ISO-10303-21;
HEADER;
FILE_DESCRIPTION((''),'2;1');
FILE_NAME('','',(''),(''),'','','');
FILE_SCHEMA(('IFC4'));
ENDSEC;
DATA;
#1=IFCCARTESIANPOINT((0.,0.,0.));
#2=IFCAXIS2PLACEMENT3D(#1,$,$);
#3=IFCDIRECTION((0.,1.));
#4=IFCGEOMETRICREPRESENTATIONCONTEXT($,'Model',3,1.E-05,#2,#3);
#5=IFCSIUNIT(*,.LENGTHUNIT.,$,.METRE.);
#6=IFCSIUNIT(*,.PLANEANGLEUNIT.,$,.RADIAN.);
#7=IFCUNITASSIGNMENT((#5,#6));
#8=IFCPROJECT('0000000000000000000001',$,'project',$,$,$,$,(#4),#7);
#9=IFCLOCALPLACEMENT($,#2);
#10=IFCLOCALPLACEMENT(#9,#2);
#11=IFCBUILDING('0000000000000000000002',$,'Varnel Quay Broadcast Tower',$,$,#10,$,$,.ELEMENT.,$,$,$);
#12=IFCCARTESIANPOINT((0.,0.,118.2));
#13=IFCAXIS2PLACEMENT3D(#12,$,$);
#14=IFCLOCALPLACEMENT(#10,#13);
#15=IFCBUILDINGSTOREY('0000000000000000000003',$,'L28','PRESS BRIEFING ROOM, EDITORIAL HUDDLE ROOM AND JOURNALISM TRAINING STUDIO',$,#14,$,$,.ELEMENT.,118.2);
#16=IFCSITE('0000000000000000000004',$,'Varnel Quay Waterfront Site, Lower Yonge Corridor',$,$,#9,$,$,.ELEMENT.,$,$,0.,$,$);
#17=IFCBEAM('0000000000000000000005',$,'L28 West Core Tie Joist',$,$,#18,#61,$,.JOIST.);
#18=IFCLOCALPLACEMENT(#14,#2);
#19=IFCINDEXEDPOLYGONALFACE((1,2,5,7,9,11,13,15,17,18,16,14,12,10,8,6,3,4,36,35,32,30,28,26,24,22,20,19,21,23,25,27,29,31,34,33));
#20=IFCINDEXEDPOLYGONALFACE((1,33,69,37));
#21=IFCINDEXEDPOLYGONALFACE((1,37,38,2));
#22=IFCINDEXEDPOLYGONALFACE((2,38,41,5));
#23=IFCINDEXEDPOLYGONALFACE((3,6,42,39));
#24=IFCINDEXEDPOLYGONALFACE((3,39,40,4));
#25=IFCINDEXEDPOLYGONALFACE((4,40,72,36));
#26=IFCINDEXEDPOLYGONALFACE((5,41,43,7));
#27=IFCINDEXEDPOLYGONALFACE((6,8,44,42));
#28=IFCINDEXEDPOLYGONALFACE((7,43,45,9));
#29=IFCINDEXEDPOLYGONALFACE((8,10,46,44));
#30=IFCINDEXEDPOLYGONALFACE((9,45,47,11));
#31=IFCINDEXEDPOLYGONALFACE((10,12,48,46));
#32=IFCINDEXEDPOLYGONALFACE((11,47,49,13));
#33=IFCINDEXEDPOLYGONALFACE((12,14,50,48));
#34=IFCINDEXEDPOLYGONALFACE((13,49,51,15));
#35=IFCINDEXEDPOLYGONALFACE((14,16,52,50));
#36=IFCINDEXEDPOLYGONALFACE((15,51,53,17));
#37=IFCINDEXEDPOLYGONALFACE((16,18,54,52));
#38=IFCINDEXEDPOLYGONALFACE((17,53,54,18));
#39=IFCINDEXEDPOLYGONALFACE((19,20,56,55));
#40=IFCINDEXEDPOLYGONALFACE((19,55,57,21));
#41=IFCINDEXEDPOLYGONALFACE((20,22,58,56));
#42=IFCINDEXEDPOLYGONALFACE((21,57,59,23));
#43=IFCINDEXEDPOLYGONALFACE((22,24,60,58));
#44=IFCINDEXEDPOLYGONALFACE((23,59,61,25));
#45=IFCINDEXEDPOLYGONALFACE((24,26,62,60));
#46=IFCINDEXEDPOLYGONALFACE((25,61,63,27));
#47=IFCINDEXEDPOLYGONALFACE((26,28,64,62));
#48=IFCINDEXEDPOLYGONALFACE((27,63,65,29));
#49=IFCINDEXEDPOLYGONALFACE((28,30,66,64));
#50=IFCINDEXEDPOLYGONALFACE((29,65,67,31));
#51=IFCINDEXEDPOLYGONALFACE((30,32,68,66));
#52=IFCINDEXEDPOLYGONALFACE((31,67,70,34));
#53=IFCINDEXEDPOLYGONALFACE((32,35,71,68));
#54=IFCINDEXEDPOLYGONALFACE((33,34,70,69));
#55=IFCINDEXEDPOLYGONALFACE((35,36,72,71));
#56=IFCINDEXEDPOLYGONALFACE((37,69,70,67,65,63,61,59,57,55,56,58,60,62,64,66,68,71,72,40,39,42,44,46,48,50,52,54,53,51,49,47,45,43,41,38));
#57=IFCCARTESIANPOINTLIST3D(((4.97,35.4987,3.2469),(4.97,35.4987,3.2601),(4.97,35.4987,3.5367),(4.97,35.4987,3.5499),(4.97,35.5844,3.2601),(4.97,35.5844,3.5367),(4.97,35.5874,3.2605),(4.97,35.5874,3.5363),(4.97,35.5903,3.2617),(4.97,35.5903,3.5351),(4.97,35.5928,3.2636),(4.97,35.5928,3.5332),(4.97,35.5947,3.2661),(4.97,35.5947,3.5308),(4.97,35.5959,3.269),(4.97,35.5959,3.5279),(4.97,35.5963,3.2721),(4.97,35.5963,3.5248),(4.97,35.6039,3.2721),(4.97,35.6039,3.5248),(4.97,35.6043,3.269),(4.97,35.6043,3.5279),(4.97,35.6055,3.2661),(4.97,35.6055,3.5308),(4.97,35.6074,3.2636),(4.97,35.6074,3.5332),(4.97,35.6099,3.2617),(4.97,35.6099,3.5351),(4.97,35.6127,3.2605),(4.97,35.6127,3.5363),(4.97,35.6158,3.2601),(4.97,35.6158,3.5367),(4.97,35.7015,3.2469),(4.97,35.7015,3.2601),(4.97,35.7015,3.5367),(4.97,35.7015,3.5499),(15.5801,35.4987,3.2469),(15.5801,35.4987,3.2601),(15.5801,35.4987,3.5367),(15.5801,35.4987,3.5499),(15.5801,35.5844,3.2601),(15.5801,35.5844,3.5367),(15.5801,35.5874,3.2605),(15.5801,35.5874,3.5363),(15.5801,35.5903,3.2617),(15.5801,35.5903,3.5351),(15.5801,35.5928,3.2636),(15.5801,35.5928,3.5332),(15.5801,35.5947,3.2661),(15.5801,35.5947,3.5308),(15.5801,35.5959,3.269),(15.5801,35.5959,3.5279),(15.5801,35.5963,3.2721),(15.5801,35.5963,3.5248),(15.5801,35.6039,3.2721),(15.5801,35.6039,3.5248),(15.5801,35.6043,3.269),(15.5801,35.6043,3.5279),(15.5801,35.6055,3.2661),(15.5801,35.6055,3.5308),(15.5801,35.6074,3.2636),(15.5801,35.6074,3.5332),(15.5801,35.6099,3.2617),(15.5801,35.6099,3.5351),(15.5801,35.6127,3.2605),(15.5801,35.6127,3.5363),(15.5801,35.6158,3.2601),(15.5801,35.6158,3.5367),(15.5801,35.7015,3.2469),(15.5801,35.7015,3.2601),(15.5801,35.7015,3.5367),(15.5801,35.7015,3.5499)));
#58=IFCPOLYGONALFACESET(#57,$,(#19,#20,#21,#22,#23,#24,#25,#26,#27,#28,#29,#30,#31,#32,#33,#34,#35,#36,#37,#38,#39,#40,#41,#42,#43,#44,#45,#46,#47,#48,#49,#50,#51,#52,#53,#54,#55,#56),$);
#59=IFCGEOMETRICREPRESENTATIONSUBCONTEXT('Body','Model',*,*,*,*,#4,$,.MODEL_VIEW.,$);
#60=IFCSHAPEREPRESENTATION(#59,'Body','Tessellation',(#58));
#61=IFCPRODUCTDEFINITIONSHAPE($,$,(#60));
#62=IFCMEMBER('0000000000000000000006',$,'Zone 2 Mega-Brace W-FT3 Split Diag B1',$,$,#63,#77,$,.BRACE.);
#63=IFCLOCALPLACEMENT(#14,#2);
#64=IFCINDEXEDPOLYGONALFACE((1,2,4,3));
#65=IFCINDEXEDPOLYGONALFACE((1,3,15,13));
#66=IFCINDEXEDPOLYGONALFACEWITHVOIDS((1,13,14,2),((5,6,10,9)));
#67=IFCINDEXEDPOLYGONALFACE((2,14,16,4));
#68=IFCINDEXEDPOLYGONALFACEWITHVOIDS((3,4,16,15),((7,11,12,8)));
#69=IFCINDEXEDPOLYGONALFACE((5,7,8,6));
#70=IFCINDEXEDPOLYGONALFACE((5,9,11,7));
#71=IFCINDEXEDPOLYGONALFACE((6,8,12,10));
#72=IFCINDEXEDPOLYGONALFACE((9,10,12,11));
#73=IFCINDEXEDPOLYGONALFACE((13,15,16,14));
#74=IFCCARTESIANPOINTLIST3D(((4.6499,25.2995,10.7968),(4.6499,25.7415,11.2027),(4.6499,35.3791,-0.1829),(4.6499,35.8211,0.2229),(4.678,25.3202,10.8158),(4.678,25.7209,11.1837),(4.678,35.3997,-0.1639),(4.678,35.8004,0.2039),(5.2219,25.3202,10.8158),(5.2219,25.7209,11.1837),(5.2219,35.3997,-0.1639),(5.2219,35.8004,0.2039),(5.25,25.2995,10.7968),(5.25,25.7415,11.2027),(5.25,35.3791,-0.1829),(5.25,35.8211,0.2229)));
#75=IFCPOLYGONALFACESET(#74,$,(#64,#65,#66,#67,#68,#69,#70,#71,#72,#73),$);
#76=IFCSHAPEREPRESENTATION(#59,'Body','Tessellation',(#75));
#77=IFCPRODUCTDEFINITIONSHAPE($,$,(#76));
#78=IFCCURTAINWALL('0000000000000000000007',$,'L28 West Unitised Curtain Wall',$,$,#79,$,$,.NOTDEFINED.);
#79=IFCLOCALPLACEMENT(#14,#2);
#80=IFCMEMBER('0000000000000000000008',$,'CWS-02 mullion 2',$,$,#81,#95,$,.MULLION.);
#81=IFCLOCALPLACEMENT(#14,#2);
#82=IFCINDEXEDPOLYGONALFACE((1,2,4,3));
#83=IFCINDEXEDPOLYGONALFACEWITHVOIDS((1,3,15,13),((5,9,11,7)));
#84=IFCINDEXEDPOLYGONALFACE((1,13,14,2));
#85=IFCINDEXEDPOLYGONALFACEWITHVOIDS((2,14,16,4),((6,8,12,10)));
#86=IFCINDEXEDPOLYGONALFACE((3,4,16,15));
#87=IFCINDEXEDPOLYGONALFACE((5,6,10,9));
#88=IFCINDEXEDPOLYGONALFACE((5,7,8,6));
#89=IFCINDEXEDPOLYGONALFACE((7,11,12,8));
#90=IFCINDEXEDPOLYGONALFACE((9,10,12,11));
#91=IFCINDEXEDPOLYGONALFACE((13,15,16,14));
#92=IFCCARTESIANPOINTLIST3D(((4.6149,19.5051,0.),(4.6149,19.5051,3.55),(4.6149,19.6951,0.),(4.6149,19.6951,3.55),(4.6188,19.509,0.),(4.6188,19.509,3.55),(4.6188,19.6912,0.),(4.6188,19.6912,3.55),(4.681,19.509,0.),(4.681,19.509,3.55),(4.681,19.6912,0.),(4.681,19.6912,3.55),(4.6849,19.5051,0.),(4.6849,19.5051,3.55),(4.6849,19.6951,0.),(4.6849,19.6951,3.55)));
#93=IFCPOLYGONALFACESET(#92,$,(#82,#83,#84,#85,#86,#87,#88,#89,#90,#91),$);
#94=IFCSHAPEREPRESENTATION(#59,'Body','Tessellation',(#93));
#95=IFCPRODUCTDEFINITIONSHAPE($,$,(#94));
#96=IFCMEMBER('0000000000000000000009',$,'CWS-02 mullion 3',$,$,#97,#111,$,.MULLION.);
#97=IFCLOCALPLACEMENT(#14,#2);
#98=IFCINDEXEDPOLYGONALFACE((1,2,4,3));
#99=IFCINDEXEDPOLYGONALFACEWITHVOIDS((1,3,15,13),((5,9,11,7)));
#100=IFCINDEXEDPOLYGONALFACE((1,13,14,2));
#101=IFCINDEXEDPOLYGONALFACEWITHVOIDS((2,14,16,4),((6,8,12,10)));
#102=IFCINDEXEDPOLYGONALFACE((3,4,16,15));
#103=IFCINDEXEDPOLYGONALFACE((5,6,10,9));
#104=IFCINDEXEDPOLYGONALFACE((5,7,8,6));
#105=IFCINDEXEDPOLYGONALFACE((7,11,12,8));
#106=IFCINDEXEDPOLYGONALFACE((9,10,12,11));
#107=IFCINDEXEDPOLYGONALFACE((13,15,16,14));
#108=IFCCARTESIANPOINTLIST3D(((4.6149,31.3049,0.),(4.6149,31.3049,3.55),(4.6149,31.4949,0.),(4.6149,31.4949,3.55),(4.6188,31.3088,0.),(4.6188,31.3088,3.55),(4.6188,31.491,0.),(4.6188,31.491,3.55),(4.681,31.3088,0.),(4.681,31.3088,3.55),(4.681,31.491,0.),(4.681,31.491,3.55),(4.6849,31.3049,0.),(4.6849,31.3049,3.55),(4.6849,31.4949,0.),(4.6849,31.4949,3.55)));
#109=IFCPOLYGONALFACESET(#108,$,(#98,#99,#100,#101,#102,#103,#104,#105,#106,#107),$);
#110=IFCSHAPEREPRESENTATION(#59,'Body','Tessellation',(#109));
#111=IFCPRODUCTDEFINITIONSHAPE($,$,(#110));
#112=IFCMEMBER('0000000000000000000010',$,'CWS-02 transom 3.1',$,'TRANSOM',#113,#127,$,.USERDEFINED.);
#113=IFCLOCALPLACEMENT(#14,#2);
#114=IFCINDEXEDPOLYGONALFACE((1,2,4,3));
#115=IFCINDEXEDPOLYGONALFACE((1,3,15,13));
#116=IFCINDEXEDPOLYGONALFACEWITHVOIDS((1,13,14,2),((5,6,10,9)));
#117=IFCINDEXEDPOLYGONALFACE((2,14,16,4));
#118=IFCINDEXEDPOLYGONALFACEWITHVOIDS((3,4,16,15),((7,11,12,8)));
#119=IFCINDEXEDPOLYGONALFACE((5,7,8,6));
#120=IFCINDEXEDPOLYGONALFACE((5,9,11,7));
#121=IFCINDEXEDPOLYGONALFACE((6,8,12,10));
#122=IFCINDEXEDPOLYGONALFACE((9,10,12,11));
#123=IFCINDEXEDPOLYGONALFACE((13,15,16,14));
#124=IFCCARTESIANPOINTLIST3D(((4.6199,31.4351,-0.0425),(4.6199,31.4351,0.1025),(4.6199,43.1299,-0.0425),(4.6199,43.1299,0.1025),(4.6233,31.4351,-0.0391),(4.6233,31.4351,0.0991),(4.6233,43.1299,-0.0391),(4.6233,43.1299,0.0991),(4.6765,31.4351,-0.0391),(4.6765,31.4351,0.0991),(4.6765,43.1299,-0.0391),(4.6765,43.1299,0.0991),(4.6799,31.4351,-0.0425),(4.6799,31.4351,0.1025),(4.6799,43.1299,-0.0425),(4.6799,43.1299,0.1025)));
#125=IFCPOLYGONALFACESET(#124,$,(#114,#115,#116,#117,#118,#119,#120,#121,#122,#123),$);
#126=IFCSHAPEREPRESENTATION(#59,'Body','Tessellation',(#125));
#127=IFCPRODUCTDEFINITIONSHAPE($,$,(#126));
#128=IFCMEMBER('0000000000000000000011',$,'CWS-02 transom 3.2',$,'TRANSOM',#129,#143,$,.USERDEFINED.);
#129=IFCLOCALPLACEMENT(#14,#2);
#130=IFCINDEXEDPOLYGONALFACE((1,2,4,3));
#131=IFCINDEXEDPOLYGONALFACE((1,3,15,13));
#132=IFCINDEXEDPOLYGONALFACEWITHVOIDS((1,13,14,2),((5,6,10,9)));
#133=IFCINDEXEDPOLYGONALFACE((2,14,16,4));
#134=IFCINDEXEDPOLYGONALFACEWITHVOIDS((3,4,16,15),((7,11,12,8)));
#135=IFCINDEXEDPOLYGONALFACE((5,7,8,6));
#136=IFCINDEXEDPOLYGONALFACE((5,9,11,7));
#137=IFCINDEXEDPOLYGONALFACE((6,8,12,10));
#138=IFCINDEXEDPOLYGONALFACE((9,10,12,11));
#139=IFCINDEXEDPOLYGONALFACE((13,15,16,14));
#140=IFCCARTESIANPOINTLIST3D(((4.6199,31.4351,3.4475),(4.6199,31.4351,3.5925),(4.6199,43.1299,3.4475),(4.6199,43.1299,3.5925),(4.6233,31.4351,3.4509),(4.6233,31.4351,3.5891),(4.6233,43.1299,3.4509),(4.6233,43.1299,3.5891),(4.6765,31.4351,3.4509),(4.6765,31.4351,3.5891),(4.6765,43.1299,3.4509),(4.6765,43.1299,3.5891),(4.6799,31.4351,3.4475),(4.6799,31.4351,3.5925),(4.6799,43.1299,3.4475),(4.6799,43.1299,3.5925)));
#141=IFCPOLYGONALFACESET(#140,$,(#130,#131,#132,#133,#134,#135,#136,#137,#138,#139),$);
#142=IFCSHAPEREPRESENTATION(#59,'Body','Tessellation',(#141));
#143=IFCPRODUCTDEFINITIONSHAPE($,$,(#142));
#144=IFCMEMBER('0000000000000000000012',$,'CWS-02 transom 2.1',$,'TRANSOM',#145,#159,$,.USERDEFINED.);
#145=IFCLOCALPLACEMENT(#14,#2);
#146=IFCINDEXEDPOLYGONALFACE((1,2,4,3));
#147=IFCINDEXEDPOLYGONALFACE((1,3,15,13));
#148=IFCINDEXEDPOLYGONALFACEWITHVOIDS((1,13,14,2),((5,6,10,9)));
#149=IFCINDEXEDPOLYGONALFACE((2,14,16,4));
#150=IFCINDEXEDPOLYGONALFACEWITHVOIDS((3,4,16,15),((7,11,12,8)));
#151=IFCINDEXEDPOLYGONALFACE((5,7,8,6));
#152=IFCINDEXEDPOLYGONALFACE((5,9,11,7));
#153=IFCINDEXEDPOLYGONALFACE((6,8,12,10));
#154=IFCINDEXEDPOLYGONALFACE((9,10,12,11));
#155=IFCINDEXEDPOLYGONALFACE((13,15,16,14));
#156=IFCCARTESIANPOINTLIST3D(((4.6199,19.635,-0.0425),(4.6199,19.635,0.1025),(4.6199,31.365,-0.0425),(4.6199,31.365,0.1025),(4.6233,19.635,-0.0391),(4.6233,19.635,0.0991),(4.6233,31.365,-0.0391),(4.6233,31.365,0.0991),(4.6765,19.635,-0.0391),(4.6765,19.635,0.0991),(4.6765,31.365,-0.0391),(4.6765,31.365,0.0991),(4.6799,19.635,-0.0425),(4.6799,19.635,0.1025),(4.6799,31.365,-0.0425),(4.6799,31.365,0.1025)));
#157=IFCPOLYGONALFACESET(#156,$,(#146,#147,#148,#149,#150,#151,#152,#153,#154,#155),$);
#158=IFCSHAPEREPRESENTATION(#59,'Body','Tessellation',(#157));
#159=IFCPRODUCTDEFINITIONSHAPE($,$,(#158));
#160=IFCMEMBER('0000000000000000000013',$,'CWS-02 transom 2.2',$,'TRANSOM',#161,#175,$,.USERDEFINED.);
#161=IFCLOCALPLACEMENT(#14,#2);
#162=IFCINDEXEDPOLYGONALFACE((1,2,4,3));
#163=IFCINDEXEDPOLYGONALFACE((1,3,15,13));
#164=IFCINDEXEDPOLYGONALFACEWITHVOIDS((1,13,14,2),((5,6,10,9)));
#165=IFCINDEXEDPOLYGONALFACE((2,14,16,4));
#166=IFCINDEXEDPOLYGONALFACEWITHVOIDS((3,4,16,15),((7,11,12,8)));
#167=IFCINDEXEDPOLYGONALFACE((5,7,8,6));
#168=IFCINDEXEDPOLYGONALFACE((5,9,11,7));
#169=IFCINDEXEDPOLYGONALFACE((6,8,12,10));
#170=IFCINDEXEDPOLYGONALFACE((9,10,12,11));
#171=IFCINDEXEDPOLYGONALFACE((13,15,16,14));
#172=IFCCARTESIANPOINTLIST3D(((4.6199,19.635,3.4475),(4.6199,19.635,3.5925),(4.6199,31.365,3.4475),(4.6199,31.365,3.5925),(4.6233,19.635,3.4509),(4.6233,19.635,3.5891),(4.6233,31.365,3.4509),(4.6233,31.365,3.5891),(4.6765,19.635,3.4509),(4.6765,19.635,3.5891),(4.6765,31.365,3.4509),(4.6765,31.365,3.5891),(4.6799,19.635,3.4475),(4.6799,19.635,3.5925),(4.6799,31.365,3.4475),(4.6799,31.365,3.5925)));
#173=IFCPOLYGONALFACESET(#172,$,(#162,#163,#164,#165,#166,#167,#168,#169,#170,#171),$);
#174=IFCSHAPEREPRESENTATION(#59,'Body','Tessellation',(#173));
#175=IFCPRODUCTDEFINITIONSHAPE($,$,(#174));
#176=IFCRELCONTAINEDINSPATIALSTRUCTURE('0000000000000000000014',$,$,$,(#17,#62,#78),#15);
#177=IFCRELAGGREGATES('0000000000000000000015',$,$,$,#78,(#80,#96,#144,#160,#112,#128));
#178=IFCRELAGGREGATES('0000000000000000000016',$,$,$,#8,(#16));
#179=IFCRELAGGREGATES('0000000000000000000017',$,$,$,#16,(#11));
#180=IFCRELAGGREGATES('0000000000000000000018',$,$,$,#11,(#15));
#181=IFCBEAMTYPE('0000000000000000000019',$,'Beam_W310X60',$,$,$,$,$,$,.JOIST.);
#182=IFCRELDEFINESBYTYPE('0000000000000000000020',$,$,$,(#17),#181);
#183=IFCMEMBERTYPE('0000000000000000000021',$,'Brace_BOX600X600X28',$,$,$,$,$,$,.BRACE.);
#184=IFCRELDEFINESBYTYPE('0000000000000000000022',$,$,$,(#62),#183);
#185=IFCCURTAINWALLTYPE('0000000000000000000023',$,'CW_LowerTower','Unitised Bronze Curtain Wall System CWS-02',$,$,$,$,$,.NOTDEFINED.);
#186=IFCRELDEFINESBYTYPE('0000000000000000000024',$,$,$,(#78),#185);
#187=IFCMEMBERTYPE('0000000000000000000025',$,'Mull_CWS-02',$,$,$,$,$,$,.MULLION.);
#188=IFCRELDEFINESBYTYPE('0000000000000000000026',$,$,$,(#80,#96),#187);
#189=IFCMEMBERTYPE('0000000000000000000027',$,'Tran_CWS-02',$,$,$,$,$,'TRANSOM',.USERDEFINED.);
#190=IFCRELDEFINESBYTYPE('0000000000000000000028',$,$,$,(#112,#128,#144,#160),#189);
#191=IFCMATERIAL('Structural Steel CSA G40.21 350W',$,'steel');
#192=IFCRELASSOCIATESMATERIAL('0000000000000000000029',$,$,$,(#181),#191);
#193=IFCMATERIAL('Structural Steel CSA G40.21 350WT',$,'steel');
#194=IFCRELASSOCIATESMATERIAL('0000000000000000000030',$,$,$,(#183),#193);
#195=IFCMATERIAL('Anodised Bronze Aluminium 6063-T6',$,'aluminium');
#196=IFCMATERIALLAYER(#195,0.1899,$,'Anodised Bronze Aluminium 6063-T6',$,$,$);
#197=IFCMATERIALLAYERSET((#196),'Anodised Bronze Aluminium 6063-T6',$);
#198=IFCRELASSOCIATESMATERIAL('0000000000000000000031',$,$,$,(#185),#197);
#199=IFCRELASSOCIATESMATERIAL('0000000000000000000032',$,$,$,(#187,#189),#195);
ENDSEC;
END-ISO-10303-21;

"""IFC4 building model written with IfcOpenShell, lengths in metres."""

from ifc_helpers import new_model, si_unit, direction, frame, origin, origin_2d, place, context, subcontext, project, spatial, hollow_rectangle, i_section, extrude, source, transform, mapped, material, layer, layer_set, material_profile, profile_set, type_object, type_shapes, element, aggregate, save


model = new_model("IFC4")

# Units and contexts
model_context = context("Model", 3, precision=1e-05, world=origin(), true_north=direction((0.0, 1.0)))
body_context = subcontext(model_context, "Body", "Model", "MODEL_VIEW")
ifc_project = project(units=[si_unit("LENGTHUNIT", "METRE"), si_unit("PLANEANGLEUNIT", "RADIAN")], contexts=[model_context])

# Site, building, storey
site_placement = place(None, origin())
site = spatial("IfcSite", under=ifc_project, at=site_placement, Name="Varnel Quay Waterfront Site, Lower Yonge Corridor", CompositionType="ELEMENT", RefElevation=0.0)
building_placement = place(site_placement, origin())
building = spatial("IfcBuilding", under=site, at=building_placement, Name="Varnel Quay Broadcast Tower", CompositionType="ELEMENT")
storey_placement = place(building_placement, frame((0.0, 0.0, 118.2)))
storey = spatial("IfcBuildingStorey", under=building, at=storey_placement, Name="L28", Description="PRESS BRIEFING ROOM, EDITORIAL HUDDLE ROOM AND JOURNALISM TRAINING STUDIO", CompositionType="ELEMENT", Elevation=118.2)

# Shared definitions
ifc_material_1 = material(Name="Structural Steel CSA G40.21 350W", Category="steel")

# Beam
ifc_material_profile_1 = material_profile(ifc_material_1, i_section(OverallWidth=0.2029, OverallDepth=0.303, WebThickness=0.0076, FlangeThickness=0.0132, FilletRadius=0.012, at=origin_2d()), Name="W310X60")
ifc_profile_set_1 = profile_set([ifc_material_profile_1], Name="Structural Steel CSA G40.21 350W")
beam_type_1 = type_object("IfcBeamType", Name="Beam_W310X60", PredefinedType="JOIST", material=ifc_profile_set_1)
shared_shape_1 = source(origin(), body_context, "Body", "SweptSolid", [
    extrude(i_section(OverallWidth=0.2029, OverallDepth=0.303, WebThickness=0.0076, FlangeThickness=0.0132, FilletRadius=0.012, at=origin_2d()), origin(), (0.0, 0.0, 1.0), 10.6101),
])
type_shapes(beam_type_1, [shared_shape_1])
beam_1_placement = place(storey_placement, frame((4.97, 35.6001, 3.3984), z_axis=(1.0, 0.0, 0.0), x_axis=(0.0, 1.0, 0.0)))
element("IfcBeam", 1, at=beam_1_placement, inside=storey, type_object=beam_type_1, Name="L28 West Core Tie Joist", PredefinedType="JOIST", context=body_context, shape_type="MappedRepresentation", body=[
    mapped(shared_shape_1, transform((0.0, 0.0, 0.0), x_axis=(1.0, 0.0, 0.0), y_axis=(0.0, 1.0, 0.0), z_axis=(0.0, 0.0, 1.0), scale=1.0)),
])

# Member
ifc_material_2 = material(Name="Structural Steel CSA G40.21 350WT", Category="steel")
ifc_material_profile_2 = material_profile(ifc_material_2, hollow_rectangle(XDim=0.6001, YDim=0.6001, WallThickness=0.0281, at=origin_2d()), Name="BOX600X600X28")
ifc_profile_set_2 = profile_set([ifc_material_profile_2], Name="Structural Steel CSA G40.21 350WT")
member_type_1 = type_object("IfcMemberType", Name="Brace_BOX600X600X28", PredefinedType="BRACE", material=ifc_profile_set_2)
shared_shape_2 = source(origin(), body_context, "Body", "SweptSolid", [
    extrude(hollow_rectangle(XDim=0.6001, YDim=0.6001, WallThickness=0.0281, at=origin_2d()), origin(), (0.0, 0.0, 1.0), 14.9048),
])
type_shapes(member_type_1, [shared_shape_2])
member_1_placement = place(storey_placement, frame((4.95, 35.6001, 0.02), z_axis=(0.0, -0.676265, 0.736658), x_axis=(1.0, 0.0, 0.0)))
element("IfcMember", 2, at=member_1_placement, inside=storey, type_object=member_type_1, Name="Zone 2 Mega-Brace W-FT3 Split Diag B1", PredefinedType="BRACE", context=body_context, shape_type="MappedRepresentation", body=[
    mapped(shared_shape_2, transform((0.0, 0.0, 0.0), x_axis=(1.0, 0.0, 0.0), y_axis=(0.0, 1.0, 0.0), z_axis=(0.0, 0.0, 1.0), scale=1.0)),
])

# Curtain wall, members
ifc_material_3 = material(Name="Anodised Bronze Aluminium 6063-T6", Category="aluminium")
ifc_layer_1 = layer(ifc_material_3, 0.1899, Name="Anodised Bronze Aluminium 6063-T6")
ifc_layer_set_1 = layer_set([ifc_layer_1], Name="Anodised Bronze Aluminium 6063-T6")
curtain_wall_type = type_object("IfcCurtainWallType", Name="CW_LowerTower", Description="Unitised Bronze Curtain Wall System CWS-02", PredefinedType="NOTDEFINED", material=ifc_layer_set_1)
curtain_wall_placement = place(storey_placement, origin())
curtain_wall = element("IfcCurtainWall", 3, at=curtain_wall_placement, inside=storey, type_object=curtain_wall_type, Name="L28 West Unitised Curtain Wall", PredefinedType="NOTDEFINED")
ifc_material_profile_3 = material_profile(ifc_material_3, hollow_rectangle(XDim=0.0701, YDim=0.1899, WallThickness=0.0039, at=origin_2d()), Name="ALU70X190X4")
ifc_profile_set_3 = profile_set([ifc_material_profile_3], Name="Anodised Bronze Aluminium 6063-T6")
member_type_2 = type_object("IfcMemberType", Name="Mull_CWS-02", PredefinedType="MULLION", material=ifc_profile_set_3)
shared_shape_3 = source(origin(), body_context, "Body", "SweptSolid", [
    extrude(hollow_rectangle(XDim=0.0701, YDim=0.1899, WallThickness=0.0039, at=origin_2d()), origin(), (0.0, 0.0, 1.0), 3.55),
])
type_shapes(member_type_2, [shared_shape_3])
member_2_placement = place(storey_placement, frame((4.6499, 19.6001, 0.0), z_axis=(0.0, 0.0, 1.0), x_axis=(-1.0, 0.0, 0.0)))
member_2 = element("IfcMember", 4, at=member_2_placement, type_object=member_type_2, Name="CWS-02 mullion 2", PredefinedType="MULLION", context=body_context, shape_type="MappedRepresentation", body=[
    mapped(shared_shape_3, transform((0.0, 0.0, 0.0), x_axis=(1.0, 0.0, 0.0), y_axis=(0.0, 1.0, 0.0), z_axis=(0.0, 0.0, 1.0), scale=1.0)),
])
member_3_placement = place(storey_placement, frame((4.6499, 31.3999, 0.0), z_axis=(0.0, 0.0, 1.0), x_axis=(-1.0, 0.0, 0.0)))
member_3 = element("IfcMember", 5, at=member_3_placement, type_object=member_type_2, Name="CWS-02 mullion 3", PredefinedType="MULLION", context=body_context, shape_type="MappedRepresentation", body=[
    mapped(shared_shape_3, transform((0.0, 0.0, 0.0), x_axis=(1.0, 0.0, 0.0), y_axis=(0.0, 1.0, 0.0), z_axis=(0.0, 0.0, 1.0), scale=1.0)),
])
ifc_material_profile_4 = material_profile(ifc_material_3, hollow_rectangle(XDim=0.0601, YDim=0.145, WallThickness=0.0034, at=origin_2d()), Name="ALU60X145X3.5")
ifc_profile_set_4 = profile_set([ifc_material_profile_4], Name="Anodised Bronze Aluminium 6063-T6")
member_type_3 = type_object("IfcMemberType", Name="Tran_CWS-02", ElementType="TRANSOM", PredefinedType="USERDEFINED", material=ifc_profile_set_4)
shared_shape_4 = source(origin(), body_context, "Body", "SweptSolid", [
    extrude(hollow_rectangle(XDim=0.0601, YDim=0.145, WallThickness=0.0034, at=origin_2d()), origin(), (0.0, 0.0, 1.0), 11.6948),
])
member_4_placement = place(storey_placement, frame((4.6499, 31.4351, 0.03), z_axis=(0.0, 1.0, 0.0), x_axis=(-1.0, 0.0, 0.0)))
member_4 = element("IfcMember", 6, at=member_4_placement, type_object=member_type_3, Name="CWS-02 transom 3.1", ObjectType="TRANSOM", PredefinedType="USERDEFINED", context=body_context, shape_type="MappedRepresentation", body=[
    mapped(shared_shape_4, transform((0.0, 0.0, 0.0), x_axis=(1.0, 0.0, 0.0), y_axis=(0.0, 1.0, 0.0), z_axis=(0.0, 0.0, 1.0), scale=1.0)),
])
member_5_placement = place(storey_placement, frame((4.6499, 31.4351, 3.52), z_axis=(0.0, 1.0, 0.0), x_axis=(-1.0, 0.0, 0.0)))
member_5 = element("IfcMember", 7, at=member_5_placement, type_object=member_type_3, Name="CWS-02 transom 3.2", ObjectType="TRANSOM", PredefinedType="USERDEFINED", context=body_context, shape_type="MappedRepresentation", body=[
    mapped(shared_shape_4, transform((0.0, 0.0, 0.0), x_axis=(1.0, 0.0, 0.0), y_axis=(0.0, 1.0, 0.0), z_axis=(0.0, 0.0, 1.0), scale=1.0)),
])
shared_shape_5 = source(origin(), body_context, "Body", "SweptSolid", [
    extrude(hollow_rectangle(XDim=0.0601, YDim=0.145, WallThickness=0.0034, at=origin_2d()), origin(), (0.0, 0.0, 1.0), 11.73),
])
type_shapes(member_type_3, [shared_shape_4, shared_shape_5])
member_6_placement = place(storey_placement, frame((4.6499, 19.635, 0.03), z_axis=(0.0, 1.0, 0.0), x_axis=(-1.0, 0.0, 0.0)))
member_6 = element("IfcMember", 8, at=member_6_placement, type_object=member_type_3, Name="CWS-02 transom 2.1", ObjectType="TRANSOM", PredefinedType="USERDEFINED", context=body_context, shape_type="MappedRepresentation", body=[
    mapped(shared_shape_5, transform((0.0, 0.0, 0.0), x_axis=(1.0, 0.0, 0.0), y_axis=(0.0, 1.0, 0.0), z_axis=(0.0, 0.0, 1.0), scale=1.0)),
])
member_7_placement = place(storey_placement, frame((4.6499, 19.635, 3.52), z_axis=(0.0, 1.0, 0.0), x_axis=(-1.0, 0.0, 0.0)))
member_7 = element("IfcMember", 9, at=member_7_placement, type_object=member_type_3, Name="CWS-02 transom 2.2", ObjectType="TRANSOM", PredefinedType="USERDEFINED", context=body_context, shape_type="MappedRepresentation", body=[
    mapped(shared_shape_5, transform((0.0, 0.0, 0.0), x_axis=(1.0, 0.0, 0.0), y_axis=(0.0, 1.0, 0.0), z_axis=(0.0, 0.0, 1.0), scale=1.0)),
])

aggregate(curtain_wall, [member_2, member_3, member_6, member_7, member_4, member_5])

save(model, "model.ifc")
